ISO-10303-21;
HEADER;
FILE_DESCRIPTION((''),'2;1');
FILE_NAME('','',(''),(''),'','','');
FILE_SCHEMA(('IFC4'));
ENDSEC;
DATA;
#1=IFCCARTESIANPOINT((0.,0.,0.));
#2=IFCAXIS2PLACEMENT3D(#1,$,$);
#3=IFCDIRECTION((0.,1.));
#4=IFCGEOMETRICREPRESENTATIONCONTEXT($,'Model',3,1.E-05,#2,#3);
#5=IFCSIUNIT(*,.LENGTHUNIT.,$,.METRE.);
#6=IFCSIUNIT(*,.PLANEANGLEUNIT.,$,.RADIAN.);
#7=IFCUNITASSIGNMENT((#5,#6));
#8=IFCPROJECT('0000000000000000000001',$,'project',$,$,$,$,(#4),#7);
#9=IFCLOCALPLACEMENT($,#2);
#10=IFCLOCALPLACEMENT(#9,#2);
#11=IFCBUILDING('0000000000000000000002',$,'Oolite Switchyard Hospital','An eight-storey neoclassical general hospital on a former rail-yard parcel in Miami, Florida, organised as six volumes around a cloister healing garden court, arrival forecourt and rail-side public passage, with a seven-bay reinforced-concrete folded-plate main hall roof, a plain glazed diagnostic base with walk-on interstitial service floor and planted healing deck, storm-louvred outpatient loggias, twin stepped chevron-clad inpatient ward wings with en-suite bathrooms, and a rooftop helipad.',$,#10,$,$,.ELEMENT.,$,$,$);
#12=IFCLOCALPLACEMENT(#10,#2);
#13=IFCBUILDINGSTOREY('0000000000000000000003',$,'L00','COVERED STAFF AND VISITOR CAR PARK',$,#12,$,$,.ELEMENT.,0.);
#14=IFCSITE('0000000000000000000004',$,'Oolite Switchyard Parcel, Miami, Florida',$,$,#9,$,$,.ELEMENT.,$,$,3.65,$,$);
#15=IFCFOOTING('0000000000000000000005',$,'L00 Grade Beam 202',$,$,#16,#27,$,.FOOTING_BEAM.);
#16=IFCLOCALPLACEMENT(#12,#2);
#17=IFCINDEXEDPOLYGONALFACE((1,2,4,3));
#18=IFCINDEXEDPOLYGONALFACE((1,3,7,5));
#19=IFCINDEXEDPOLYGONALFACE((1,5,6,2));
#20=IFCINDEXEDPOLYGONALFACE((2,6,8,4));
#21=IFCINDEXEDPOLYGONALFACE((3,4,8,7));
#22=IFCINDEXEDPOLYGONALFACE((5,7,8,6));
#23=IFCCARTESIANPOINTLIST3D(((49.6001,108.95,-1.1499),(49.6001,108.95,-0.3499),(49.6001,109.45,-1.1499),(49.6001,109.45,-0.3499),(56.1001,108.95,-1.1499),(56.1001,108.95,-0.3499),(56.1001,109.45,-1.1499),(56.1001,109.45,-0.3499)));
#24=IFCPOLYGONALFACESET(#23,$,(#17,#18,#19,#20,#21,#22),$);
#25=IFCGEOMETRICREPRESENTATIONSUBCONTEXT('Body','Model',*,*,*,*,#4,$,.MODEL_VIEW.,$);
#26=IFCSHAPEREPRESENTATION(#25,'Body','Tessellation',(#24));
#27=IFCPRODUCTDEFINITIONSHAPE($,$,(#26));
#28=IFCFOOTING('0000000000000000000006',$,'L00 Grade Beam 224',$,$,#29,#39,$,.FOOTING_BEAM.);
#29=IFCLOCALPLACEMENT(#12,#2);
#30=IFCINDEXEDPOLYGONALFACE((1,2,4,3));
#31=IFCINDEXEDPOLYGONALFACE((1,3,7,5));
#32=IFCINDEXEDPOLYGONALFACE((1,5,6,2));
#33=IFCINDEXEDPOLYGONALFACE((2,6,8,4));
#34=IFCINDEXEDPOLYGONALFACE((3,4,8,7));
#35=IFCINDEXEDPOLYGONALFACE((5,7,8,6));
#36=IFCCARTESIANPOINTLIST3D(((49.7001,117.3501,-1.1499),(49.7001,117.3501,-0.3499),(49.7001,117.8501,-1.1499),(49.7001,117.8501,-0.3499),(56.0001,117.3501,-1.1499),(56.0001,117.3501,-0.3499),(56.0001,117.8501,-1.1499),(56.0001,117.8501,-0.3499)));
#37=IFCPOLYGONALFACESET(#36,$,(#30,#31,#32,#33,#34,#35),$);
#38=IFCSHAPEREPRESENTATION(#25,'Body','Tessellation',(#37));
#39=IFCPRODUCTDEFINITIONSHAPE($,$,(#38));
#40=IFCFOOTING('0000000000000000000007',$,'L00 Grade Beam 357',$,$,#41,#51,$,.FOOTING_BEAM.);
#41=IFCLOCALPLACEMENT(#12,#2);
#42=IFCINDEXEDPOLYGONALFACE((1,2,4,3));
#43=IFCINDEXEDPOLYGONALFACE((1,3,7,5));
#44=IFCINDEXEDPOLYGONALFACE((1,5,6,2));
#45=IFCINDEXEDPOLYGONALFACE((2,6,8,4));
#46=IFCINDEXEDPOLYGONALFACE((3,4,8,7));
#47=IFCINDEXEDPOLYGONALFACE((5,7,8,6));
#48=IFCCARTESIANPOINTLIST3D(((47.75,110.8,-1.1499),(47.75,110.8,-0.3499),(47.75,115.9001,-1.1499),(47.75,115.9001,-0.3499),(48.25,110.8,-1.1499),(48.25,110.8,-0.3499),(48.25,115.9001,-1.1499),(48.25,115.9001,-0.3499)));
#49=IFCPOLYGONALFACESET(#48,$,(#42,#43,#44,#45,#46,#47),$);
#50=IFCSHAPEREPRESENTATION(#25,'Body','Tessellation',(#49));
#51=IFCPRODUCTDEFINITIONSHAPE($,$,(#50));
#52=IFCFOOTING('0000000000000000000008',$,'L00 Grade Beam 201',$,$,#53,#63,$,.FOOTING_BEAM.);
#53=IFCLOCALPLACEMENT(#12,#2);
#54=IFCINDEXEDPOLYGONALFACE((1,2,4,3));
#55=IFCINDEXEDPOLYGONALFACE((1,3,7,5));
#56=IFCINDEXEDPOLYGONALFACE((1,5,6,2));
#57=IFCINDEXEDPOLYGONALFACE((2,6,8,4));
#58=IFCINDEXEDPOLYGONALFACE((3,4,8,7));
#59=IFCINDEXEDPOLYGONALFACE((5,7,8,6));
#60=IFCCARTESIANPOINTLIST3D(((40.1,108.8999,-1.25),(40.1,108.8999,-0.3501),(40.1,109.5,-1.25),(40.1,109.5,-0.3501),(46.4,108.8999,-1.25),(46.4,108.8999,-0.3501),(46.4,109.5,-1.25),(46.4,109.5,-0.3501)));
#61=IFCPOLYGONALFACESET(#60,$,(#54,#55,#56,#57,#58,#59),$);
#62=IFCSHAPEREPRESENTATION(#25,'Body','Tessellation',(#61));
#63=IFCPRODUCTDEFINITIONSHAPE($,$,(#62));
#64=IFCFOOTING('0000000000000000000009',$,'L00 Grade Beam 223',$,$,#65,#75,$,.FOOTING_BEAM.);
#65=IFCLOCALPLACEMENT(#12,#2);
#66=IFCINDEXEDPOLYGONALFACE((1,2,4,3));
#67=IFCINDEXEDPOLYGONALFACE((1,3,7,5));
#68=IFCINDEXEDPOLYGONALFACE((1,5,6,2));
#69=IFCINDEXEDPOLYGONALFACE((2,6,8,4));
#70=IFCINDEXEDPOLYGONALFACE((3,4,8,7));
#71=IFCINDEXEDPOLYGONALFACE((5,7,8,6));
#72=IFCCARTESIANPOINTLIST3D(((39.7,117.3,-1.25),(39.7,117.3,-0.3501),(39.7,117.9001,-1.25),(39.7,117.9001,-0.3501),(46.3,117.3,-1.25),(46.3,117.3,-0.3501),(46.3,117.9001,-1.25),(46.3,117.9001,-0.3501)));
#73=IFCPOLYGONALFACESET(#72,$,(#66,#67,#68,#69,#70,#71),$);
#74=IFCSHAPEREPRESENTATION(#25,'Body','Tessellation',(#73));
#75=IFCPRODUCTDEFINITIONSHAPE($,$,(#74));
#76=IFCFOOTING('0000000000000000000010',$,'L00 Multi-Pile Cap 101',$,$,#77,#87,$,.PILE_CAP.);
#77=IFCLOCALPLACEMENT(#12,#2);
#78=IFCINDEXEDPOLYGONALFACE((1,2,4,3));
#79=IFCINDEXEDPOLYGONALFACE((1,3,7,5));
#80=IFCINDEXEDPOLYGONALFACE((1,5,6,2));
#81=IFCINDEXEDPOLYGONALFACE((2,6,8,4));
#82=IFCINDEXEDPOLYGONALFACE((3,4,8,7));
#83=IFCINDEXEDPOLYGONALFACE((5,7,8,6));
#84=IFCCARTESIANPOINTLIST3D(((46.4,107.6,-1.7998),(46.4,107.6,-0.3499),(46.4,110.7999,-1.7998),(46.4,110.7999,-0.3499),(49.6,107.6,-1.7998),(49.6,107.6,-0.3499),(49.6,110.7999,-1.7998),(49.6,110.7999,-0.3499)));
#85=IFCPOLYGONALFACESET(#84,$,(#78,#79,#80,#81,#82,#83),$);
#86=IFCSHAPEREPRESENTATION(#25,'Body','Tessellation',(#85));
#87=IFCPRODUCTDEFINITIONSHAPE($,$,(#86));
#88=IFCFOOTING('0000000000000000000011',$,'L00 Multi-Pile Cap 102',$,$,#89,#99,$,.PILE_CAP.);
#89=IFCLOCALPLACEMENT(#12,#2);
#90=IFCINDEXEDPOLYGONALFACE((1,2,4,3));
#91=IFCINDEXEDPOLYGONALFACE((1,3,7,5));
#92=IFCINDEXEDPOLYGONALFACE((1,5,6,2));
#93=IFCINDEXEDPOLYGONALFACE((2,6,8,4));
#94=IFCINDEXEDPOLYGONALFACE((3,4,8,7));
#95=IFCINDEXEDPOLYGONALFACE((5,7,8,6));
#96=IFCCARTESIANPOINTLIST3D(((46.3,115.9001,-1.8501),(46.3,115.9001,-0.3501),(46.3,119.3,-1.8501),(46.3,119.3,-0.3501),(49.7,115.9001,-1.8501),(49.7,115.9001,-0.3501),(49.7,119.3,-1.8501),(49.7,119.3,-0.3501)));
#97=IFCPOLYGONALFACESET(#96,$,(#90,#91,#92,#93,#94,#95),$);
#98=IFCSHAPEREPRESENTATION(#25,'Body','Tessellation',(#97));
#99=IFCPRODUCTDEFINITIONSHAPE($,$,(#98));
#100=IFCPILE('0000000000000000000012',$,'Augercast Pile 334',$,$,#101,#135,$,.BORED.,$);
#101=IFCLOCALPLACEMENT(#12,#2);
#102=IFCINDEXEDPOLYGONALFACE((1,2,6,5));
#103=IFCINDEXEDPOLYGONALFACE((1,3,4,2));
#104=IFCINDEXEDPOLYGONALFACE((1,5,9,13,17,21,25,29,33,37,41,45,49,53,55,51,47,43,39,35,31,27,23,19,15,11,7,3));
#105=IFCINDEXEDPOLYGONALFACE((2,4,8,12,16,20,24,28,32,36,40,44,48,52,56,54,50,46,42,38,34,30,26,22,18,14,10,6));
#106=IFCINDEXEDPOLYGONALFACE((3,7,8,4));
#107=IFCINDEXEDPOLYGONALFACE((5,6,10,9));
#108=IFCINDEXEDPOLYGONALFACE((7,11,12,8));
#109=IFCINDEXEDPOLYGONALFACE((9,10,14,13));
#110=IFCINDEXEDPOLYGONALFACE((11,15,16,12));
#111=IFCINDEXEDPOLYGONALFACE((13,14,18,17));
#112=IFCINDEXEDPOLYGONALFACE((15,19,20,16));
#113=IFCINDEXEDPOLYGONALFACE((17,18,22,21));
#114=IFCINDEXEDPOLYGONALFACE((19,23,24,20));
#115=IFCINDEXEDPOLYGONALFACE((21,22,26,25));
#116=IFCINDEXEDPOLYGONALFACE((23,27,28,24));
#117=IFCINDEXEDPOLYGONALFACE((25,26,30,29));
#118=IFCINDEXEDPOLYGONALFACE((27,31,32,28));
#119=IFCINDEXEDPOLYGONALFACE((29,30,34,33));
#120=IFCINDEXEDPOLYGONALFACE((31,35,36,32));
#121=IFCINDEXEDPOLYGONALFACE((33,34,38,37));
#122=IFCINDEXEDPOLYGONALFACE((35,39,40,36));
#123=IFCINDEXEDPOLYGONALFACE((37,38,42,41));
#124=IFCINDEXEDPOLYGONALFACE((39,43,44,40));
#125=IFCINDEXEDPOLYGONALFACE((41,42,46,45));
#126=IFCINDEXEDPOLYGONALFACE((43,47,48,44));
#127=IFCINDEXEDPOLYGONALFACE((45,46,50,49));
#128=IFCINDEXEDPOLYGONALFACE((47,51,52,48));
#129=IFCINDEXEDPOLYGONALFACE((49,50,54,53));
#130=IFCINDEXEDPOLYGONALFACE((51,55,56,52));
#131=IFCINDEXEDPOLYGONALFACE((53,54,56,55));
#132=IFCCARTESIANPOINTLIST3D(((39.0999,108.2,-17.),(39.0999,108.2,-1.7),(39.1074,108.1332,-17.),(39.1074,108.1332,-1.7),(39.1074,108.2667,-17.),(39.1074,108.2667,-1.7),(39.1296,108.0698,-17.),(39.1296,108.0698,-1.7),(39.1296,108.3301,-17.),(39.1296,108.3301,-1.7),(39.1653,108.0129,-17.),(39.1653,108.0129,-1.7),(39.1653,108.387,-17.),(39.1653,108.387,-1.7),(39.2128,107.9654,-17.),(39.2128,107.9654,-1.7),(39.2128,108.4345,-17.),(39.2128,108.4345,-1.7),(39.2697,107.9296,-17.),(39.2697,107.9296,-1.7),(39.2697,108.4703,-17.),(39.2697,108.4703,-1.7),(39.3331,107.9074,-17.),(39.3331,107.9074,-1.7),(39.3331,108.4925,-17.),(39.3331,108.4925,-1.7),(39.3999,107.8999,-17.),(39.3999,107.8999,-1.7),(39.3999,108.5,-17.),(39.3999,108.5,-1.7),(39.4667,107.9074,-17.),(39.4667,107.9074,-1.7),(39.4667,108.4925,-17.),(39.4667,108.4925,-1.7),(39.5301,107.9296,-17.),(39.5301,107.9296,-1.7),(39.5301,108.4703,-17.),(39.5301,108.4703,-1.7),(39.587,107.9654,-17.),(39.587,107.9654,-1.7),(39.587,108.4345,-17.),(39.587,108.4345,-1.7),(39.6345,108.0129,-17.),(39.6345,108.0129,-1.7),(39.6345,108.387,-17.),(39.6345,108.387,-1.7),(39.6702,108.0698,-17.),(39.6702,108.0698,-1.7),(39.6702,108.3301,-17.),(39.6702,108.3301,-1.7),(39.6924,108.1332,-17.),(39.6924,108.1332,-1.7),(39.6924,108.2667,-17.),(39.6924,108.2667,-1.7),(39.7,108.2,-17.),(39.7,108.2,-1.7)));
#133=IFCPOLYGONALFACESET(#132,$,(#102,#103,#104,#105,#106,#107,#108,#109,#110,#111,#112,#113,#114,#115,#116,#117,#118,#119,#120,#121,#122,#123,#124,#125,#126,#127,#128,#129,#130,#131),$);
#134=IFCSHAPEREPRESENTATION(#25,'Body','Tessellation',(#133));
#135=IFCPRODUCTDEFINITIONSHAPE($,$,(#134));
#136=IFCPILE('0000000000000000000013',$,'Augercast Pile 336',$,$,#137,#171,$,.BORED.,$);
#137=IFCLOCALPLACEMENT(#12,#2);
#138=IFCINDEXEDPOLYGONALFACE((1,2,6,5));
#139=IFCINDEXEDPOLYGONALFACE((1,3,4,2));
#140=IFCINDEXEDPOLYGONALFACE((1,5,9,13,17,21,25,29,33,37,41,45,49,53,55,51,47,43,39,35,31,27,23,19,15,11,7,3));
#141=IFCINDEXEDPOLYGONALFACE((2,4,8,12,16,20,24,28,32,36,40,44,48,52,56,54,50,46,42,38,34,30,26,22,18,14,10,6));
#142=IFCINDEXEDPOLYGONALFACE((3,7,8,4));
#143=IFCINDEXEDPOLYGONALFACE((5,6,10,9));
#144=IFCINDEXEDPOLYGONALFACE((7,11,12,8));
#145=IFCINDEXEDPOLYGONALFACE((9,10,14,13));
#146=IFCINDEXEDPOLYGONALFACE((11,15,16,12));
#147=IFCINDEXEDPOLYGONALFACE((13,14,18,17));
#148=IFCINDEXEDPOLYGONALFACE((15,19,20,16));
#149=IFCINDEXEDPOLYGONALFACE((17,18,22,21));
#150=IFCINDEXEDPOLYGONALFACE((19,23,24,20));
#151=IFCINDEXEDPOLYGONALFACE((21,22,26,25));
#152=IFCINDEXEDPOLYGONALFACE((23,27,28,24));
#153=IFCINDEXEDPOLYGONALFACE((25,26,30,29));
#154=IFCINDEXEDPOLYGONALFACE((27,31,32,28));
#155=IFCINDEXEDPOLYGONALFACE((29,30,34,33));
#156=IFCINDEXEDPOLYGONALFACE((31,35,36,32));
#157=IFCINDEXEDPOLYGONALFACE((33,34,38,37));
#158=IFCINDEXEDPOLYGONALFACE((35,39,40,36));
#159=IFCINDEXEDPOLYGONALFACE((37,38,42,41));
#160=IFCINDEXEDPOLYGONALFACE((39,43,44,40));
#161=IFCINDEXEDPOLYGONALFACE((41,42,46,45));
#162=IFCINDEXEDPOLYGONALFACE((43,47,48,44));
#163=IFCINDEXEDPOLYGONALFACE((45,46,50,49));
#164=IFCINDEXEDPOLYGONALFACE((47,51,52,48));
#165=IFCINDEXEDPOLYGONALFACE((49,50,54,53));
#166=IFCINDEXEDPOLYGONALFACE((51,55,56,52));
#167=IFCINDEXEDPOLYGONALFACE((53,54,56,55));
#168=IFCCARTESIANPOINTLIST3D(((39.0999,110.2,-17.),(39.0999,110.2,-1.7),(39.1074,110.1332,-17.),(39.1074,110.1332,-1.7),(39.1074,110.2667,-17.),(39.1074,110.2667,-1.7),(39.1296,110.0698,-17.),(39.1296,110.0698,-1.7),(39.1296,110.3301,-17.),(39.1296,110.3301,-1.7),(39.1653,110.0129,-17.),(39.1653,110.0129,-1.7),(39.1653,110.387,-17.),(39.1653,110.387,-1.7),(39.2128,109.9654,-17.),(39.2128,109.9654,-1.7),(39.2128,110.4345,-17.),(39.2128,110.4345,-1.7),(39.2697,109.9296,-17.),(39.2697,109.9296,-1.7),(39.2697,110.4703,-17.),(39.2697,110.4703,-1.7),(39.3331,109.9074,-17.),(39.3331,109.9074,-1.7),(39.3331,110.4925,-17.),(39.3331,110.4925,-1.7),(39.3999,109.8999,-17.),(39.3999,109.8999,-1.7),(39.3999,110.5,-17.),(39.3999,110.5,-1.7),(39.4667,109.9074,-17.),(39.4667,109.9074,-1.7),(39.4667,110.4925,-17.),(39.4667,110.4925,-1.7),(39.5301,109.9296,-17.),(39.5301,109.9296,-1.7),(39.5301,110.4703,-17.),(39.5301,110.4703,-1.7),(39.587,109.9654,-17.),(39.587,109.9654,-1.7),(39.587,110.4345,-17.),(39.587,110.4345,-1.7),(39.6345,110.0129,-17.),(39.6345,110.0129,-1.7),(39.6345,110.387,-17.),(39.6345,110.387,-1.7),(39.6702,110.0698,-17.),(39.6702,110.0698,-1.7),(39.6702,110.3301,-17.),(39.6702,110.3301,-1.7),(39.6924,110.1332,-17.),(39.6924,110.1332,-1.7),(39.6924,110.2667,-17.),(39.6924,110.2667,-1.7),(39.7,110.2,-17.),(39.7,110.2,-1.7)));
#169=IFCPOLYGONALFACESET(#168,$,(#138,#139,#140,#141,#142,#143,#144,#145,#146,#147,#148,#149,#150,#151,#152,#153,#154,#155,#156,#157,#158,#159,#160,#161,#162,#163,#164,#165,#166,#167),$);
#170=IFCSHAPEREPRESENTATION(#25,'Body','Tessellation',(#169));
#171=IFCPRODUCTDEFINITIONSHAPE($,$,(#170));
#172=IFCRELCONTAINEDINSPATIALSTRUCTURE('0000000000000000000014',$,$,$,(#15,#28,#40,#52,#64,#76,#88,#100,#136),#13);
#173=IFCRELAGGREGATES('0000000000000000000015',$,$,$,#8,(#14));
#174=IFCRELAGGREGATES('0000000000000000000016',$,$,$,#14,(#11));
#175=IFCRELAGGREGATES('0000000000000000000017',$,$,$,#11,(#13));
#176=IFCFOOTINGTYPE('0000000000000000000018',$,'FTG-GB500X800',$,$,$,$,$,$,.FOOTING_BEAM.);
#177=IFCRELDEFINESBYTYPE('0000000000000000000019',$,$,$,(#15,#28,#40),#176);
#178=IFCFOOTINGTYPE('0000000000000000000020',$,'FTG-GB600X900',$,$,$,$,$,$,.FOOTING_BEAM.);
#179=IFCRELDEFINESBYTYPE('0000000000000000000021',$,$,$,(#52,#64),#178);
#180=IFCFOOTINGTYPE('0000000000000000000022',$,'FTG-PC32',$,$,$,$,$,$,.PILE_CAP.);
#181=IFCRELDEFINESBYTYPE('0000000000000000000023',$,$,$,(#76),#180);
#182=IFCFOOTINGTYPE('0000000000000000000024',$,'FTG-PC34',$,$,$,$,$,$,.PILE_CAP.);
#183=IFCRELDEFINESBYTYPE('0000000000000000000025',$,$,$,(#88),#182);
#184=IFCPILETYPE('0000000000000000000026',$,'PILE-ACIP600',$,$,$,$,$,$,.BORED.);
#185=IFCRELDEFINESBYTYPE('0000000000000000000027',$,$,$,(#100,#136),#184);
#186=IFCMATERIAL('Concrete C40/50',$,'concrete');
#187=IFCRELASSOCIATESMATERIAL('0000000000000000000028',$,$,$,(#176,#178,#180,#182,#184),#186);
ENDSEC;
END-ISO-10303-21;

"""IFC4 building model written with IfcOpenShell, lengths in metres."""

from ifc_helpers import new_model, si_unit, direction, frame, origin, origin_2d, place, context, subcontext, project, spatial, rectangle, circle, extrude, material, material_profile, profile_set, type_object, element, save


model = new_model("IFC4")

# Units and contexts
model_context = context("Model", 3, precision=1e-05, world=origin(), true_north=direction((0.0, 1.0)))
body_context = subcontext(model_context, "Body", "Model", "MODEL_VIEW")
ifc_project = project(units=[si_unit("LENGTHUNIT", "METRE"), si_unit("PLANEANGLEUNIT", "RADIAN")], contexts=[model_context])

# Site, building, storey
site_placement = place(None, origin())
site = spatial("IfcSite", under=ifc_project, at=site_placement, Name="Oolite Switchyard Parcel, Miami, Florida", CompositionType="ELEMENT", RefElevation=3.65)
building_placement = place(site_placement, origin())
building = spatial("IfcBuilding", under=site, at=building_placement, Name="Oolite Switchyard Hospital", Description="An eight-storey neoclassical general hospital on a former rail-yard parcel in Miami, Florida, organised as six volumes around a cloister healing garden court, arrival forecourt and rail-side public passage, with a seven-bay reinforced-concrete folded-plate main hall roof, a plain glazed diagnostic base with walk-on interstitial service floor and planted healing deck, storm-louvred outpatient loggias, twin stepped chevron-clad inpatient ward wings with en-suite bathrooms, and a rooftop helipad.", CompositionType="ELEMENT")
storey_placement = place(building_placement, origin())
storey = spatial("IfcBuildingStorey", under=building, at=storey_placement, Name="L00", Description="COVERED STAFF AND VISITOR CAR PARK", CompositionType="ELEMENT", Elevation=0.0)

# Footings
ifc_material_1 = material(Name="Concrete C40/50", Category="concrete")
footing_type_1 = type_object("IfcFootingType", Name="FTG-GB500X800", PredefinedType="FOOTING_BEAM", material=ifc_material_1)
footing_1_placement = place(storey_placement, frame((52.8501, 109.2, -1.1499), z_axis=(0.0, 0.0, 1.0), x_axis=(1.0, 0.0, 0.0)))
element("IfcFooting", 1, at=footing_1_placement, inside=storey, type_object=footing_type_1, Name="L00 Grade Beam 202", PredefinedType="FOOTING_BEAM", context=body_context, shape_type="SweptSolid", body=[
    extrude(rectangle(XDim=6.5, YDim=0.5, at=origin_2d()), origin(), (0.0, 0.0, 1.0), 0.8),
])
footing_2_placement = place(storey_placement, frame((52.8501, 117.6001, -1.1499), z_axis=(0.0, 0.0, 1.0), x_axis=(1.0, 0.0, 0.0)))
element("IfcFooting", 2, at=footing_2_placement, inside=storey, type_object=footing_type_1, Name="L00 Grade Beam 224", PredefinedType="FOOTING_BEAM", context=body_context, shape_type="SweptSolid", body=[
    extrude(rectangle(XDim=6.3, YDim=0.5, at=origin_2d()), origin(), (0.0, 0.0, 1.0), 0.8),
])
footing_3_placement = place(storey_placement, frame((48.0, 113.3501, -1.1499), z_axis=(0.0, 0.0, 1.0), x_axis=(0.0, 1.0, 0.0)))
element("IfcFooting", 3, at=footing_3_placement, inside=storey, type_object=footing_type_1, Name="L00 Grade Beam 357", PredefinedType="FOOTING_BEAM", context=body_context, shape_type="SweptSolid", body=[
    extrude(rectangle(XDim=5.1001, YDim=0.5, at=origin_2d()), origin(), (0.0, 0.0, 1.0), 0.8),
])
footing_type_2 = type_object("IfcFootingType", Name="FTG-GB600X900", PredefinedType="FOOTING_BEAM", material=ifc_material_1)
footing_4_placement = place(storey_placement, frame((43.25, 109.2, -1.25), z_axis=(0.0, 0.0, 1.0), x_axis=(1.0, 0.0, 0.0)))
element("IfcFooting", 4, at=footing_4_placement, inside=storey, type_object=footing_type_2, Name="L00 Grade Beam 201", PredefinedType="FOOTING_BEAM", context=body_context, shape_type="SweptSolid", body=[
    extrude(rectangle(XDim=6.3, YDim=0.6001, at=origin_2d()), origin(), (0.0, 0.0, 1.0), 0.8999),
])
footing_5_placement = place(storey_placement, frame((43.0, 117.6001, -1.25), z_axis=(0.0, 0.0, 1.0), x_axis=(1.0, 0.0, 0.0)))
element("IfcFooting", 5, at=footing_5_placement, inside=storey, type_object=footing_type_2, Name="L00 Grade Beam 223", PredefinedType="FOOTING_BEAM", context=body_context, shape_type="SweptSolid", body=[
    extrude(rectangle(XDim=6.6001, YDim=0.6001, at=origin_2d()), origin(), (0.0, 0.0, 1.0), 0.8999),
])
footing_type_3 = type_object("IfcFootingType", Name="FTG-PC32", PredefinedType="PILE_CAP", material=ifc_material_1)
footing_6_placement = place(storey_placement, frame((48.0, 109.2, -1.7998), z_axis=(0.0, 0.0, 1.0), x_axis=(1.0, 0.0, 0.0)))
element("IfcFooting", 6, at=footing_6_placement, inside=storey, type_object=footing_type_3, Name="L00 Multi-Pile Cap 101", PredefinedType="PILE_CAP", context=body_context, shape_type="SweptSolid", body=[
    extrude(rectangle(XDim=3.2, YDim=3.2, at=origin_2d()), origin(), (0.0, 0.0, 1.0), 1.45),
])
footing_type_4 = type_object("IfcFootingType", Name="FTG-PC34", PredefinedType="PILE_CAP", material=ifc_material_1)
footing_7_placement = place(storey_placement, frame((48.0, 117.6001, -1.8501), z_axis=(0.0, 0.0, 1.0), x_axis=(1.0, 0.0, 0.0)))
element("IfcFooting", 7, at=footing_7_placement, inside=storey, type_object=footing_type_4, Name="L00 Multi-Pile Cap 102", PredefinedType="PILE_CAP", context=body_context, shape_type="SweptSolid", body=[
    extrude(rectangle(XDim=3.3999, YDim=3.3999, at=origin_2d()), origin(), (0.0, 0.0, 1.0), 1.5),
])

# Piles
ifc_material_profile_1 = material_profile(ifc_material_1, circle(Radius=0.3, at=origin_2d()), Name="PILE600")
ifc_profile_set_1 = profile_set([ifc_material_profile_1], Name="Concrete C40/50")
pile_type = type_object("IfcPileType", Name="PILE-ACIP600", PredefinedType="BORED", material=ifc_profile_set_1)
for number, where, z_axis, x_axis, name in (
    (8, (39.3999, 108.2, -1.7), (0.0, 0.0, -1.0), (1.0, 0.0, 0.0), "Augercast Pile 334"),
    (9, (39.3999, 110.2, -1.7), (0.0, 0.0, -1.0), (1.0, 0.0, 0.0), "Augercast Pile 336"),
):
    element("IfcPile", number, at=place(storey_placement, frame(where, z_axis=z_axis, x_axis=x_axis)), inside=storey, type_object=pile_type, Name=name, PredefinedType="BORED", context=body_context, shape_type="SweptSolid", body=[
        extrude(circle(Radius=0.3, at=origin_2d()), origin(), (0.0, 0.0, 1.0), 15.3),
    ])

save(model, "model.ifc")
